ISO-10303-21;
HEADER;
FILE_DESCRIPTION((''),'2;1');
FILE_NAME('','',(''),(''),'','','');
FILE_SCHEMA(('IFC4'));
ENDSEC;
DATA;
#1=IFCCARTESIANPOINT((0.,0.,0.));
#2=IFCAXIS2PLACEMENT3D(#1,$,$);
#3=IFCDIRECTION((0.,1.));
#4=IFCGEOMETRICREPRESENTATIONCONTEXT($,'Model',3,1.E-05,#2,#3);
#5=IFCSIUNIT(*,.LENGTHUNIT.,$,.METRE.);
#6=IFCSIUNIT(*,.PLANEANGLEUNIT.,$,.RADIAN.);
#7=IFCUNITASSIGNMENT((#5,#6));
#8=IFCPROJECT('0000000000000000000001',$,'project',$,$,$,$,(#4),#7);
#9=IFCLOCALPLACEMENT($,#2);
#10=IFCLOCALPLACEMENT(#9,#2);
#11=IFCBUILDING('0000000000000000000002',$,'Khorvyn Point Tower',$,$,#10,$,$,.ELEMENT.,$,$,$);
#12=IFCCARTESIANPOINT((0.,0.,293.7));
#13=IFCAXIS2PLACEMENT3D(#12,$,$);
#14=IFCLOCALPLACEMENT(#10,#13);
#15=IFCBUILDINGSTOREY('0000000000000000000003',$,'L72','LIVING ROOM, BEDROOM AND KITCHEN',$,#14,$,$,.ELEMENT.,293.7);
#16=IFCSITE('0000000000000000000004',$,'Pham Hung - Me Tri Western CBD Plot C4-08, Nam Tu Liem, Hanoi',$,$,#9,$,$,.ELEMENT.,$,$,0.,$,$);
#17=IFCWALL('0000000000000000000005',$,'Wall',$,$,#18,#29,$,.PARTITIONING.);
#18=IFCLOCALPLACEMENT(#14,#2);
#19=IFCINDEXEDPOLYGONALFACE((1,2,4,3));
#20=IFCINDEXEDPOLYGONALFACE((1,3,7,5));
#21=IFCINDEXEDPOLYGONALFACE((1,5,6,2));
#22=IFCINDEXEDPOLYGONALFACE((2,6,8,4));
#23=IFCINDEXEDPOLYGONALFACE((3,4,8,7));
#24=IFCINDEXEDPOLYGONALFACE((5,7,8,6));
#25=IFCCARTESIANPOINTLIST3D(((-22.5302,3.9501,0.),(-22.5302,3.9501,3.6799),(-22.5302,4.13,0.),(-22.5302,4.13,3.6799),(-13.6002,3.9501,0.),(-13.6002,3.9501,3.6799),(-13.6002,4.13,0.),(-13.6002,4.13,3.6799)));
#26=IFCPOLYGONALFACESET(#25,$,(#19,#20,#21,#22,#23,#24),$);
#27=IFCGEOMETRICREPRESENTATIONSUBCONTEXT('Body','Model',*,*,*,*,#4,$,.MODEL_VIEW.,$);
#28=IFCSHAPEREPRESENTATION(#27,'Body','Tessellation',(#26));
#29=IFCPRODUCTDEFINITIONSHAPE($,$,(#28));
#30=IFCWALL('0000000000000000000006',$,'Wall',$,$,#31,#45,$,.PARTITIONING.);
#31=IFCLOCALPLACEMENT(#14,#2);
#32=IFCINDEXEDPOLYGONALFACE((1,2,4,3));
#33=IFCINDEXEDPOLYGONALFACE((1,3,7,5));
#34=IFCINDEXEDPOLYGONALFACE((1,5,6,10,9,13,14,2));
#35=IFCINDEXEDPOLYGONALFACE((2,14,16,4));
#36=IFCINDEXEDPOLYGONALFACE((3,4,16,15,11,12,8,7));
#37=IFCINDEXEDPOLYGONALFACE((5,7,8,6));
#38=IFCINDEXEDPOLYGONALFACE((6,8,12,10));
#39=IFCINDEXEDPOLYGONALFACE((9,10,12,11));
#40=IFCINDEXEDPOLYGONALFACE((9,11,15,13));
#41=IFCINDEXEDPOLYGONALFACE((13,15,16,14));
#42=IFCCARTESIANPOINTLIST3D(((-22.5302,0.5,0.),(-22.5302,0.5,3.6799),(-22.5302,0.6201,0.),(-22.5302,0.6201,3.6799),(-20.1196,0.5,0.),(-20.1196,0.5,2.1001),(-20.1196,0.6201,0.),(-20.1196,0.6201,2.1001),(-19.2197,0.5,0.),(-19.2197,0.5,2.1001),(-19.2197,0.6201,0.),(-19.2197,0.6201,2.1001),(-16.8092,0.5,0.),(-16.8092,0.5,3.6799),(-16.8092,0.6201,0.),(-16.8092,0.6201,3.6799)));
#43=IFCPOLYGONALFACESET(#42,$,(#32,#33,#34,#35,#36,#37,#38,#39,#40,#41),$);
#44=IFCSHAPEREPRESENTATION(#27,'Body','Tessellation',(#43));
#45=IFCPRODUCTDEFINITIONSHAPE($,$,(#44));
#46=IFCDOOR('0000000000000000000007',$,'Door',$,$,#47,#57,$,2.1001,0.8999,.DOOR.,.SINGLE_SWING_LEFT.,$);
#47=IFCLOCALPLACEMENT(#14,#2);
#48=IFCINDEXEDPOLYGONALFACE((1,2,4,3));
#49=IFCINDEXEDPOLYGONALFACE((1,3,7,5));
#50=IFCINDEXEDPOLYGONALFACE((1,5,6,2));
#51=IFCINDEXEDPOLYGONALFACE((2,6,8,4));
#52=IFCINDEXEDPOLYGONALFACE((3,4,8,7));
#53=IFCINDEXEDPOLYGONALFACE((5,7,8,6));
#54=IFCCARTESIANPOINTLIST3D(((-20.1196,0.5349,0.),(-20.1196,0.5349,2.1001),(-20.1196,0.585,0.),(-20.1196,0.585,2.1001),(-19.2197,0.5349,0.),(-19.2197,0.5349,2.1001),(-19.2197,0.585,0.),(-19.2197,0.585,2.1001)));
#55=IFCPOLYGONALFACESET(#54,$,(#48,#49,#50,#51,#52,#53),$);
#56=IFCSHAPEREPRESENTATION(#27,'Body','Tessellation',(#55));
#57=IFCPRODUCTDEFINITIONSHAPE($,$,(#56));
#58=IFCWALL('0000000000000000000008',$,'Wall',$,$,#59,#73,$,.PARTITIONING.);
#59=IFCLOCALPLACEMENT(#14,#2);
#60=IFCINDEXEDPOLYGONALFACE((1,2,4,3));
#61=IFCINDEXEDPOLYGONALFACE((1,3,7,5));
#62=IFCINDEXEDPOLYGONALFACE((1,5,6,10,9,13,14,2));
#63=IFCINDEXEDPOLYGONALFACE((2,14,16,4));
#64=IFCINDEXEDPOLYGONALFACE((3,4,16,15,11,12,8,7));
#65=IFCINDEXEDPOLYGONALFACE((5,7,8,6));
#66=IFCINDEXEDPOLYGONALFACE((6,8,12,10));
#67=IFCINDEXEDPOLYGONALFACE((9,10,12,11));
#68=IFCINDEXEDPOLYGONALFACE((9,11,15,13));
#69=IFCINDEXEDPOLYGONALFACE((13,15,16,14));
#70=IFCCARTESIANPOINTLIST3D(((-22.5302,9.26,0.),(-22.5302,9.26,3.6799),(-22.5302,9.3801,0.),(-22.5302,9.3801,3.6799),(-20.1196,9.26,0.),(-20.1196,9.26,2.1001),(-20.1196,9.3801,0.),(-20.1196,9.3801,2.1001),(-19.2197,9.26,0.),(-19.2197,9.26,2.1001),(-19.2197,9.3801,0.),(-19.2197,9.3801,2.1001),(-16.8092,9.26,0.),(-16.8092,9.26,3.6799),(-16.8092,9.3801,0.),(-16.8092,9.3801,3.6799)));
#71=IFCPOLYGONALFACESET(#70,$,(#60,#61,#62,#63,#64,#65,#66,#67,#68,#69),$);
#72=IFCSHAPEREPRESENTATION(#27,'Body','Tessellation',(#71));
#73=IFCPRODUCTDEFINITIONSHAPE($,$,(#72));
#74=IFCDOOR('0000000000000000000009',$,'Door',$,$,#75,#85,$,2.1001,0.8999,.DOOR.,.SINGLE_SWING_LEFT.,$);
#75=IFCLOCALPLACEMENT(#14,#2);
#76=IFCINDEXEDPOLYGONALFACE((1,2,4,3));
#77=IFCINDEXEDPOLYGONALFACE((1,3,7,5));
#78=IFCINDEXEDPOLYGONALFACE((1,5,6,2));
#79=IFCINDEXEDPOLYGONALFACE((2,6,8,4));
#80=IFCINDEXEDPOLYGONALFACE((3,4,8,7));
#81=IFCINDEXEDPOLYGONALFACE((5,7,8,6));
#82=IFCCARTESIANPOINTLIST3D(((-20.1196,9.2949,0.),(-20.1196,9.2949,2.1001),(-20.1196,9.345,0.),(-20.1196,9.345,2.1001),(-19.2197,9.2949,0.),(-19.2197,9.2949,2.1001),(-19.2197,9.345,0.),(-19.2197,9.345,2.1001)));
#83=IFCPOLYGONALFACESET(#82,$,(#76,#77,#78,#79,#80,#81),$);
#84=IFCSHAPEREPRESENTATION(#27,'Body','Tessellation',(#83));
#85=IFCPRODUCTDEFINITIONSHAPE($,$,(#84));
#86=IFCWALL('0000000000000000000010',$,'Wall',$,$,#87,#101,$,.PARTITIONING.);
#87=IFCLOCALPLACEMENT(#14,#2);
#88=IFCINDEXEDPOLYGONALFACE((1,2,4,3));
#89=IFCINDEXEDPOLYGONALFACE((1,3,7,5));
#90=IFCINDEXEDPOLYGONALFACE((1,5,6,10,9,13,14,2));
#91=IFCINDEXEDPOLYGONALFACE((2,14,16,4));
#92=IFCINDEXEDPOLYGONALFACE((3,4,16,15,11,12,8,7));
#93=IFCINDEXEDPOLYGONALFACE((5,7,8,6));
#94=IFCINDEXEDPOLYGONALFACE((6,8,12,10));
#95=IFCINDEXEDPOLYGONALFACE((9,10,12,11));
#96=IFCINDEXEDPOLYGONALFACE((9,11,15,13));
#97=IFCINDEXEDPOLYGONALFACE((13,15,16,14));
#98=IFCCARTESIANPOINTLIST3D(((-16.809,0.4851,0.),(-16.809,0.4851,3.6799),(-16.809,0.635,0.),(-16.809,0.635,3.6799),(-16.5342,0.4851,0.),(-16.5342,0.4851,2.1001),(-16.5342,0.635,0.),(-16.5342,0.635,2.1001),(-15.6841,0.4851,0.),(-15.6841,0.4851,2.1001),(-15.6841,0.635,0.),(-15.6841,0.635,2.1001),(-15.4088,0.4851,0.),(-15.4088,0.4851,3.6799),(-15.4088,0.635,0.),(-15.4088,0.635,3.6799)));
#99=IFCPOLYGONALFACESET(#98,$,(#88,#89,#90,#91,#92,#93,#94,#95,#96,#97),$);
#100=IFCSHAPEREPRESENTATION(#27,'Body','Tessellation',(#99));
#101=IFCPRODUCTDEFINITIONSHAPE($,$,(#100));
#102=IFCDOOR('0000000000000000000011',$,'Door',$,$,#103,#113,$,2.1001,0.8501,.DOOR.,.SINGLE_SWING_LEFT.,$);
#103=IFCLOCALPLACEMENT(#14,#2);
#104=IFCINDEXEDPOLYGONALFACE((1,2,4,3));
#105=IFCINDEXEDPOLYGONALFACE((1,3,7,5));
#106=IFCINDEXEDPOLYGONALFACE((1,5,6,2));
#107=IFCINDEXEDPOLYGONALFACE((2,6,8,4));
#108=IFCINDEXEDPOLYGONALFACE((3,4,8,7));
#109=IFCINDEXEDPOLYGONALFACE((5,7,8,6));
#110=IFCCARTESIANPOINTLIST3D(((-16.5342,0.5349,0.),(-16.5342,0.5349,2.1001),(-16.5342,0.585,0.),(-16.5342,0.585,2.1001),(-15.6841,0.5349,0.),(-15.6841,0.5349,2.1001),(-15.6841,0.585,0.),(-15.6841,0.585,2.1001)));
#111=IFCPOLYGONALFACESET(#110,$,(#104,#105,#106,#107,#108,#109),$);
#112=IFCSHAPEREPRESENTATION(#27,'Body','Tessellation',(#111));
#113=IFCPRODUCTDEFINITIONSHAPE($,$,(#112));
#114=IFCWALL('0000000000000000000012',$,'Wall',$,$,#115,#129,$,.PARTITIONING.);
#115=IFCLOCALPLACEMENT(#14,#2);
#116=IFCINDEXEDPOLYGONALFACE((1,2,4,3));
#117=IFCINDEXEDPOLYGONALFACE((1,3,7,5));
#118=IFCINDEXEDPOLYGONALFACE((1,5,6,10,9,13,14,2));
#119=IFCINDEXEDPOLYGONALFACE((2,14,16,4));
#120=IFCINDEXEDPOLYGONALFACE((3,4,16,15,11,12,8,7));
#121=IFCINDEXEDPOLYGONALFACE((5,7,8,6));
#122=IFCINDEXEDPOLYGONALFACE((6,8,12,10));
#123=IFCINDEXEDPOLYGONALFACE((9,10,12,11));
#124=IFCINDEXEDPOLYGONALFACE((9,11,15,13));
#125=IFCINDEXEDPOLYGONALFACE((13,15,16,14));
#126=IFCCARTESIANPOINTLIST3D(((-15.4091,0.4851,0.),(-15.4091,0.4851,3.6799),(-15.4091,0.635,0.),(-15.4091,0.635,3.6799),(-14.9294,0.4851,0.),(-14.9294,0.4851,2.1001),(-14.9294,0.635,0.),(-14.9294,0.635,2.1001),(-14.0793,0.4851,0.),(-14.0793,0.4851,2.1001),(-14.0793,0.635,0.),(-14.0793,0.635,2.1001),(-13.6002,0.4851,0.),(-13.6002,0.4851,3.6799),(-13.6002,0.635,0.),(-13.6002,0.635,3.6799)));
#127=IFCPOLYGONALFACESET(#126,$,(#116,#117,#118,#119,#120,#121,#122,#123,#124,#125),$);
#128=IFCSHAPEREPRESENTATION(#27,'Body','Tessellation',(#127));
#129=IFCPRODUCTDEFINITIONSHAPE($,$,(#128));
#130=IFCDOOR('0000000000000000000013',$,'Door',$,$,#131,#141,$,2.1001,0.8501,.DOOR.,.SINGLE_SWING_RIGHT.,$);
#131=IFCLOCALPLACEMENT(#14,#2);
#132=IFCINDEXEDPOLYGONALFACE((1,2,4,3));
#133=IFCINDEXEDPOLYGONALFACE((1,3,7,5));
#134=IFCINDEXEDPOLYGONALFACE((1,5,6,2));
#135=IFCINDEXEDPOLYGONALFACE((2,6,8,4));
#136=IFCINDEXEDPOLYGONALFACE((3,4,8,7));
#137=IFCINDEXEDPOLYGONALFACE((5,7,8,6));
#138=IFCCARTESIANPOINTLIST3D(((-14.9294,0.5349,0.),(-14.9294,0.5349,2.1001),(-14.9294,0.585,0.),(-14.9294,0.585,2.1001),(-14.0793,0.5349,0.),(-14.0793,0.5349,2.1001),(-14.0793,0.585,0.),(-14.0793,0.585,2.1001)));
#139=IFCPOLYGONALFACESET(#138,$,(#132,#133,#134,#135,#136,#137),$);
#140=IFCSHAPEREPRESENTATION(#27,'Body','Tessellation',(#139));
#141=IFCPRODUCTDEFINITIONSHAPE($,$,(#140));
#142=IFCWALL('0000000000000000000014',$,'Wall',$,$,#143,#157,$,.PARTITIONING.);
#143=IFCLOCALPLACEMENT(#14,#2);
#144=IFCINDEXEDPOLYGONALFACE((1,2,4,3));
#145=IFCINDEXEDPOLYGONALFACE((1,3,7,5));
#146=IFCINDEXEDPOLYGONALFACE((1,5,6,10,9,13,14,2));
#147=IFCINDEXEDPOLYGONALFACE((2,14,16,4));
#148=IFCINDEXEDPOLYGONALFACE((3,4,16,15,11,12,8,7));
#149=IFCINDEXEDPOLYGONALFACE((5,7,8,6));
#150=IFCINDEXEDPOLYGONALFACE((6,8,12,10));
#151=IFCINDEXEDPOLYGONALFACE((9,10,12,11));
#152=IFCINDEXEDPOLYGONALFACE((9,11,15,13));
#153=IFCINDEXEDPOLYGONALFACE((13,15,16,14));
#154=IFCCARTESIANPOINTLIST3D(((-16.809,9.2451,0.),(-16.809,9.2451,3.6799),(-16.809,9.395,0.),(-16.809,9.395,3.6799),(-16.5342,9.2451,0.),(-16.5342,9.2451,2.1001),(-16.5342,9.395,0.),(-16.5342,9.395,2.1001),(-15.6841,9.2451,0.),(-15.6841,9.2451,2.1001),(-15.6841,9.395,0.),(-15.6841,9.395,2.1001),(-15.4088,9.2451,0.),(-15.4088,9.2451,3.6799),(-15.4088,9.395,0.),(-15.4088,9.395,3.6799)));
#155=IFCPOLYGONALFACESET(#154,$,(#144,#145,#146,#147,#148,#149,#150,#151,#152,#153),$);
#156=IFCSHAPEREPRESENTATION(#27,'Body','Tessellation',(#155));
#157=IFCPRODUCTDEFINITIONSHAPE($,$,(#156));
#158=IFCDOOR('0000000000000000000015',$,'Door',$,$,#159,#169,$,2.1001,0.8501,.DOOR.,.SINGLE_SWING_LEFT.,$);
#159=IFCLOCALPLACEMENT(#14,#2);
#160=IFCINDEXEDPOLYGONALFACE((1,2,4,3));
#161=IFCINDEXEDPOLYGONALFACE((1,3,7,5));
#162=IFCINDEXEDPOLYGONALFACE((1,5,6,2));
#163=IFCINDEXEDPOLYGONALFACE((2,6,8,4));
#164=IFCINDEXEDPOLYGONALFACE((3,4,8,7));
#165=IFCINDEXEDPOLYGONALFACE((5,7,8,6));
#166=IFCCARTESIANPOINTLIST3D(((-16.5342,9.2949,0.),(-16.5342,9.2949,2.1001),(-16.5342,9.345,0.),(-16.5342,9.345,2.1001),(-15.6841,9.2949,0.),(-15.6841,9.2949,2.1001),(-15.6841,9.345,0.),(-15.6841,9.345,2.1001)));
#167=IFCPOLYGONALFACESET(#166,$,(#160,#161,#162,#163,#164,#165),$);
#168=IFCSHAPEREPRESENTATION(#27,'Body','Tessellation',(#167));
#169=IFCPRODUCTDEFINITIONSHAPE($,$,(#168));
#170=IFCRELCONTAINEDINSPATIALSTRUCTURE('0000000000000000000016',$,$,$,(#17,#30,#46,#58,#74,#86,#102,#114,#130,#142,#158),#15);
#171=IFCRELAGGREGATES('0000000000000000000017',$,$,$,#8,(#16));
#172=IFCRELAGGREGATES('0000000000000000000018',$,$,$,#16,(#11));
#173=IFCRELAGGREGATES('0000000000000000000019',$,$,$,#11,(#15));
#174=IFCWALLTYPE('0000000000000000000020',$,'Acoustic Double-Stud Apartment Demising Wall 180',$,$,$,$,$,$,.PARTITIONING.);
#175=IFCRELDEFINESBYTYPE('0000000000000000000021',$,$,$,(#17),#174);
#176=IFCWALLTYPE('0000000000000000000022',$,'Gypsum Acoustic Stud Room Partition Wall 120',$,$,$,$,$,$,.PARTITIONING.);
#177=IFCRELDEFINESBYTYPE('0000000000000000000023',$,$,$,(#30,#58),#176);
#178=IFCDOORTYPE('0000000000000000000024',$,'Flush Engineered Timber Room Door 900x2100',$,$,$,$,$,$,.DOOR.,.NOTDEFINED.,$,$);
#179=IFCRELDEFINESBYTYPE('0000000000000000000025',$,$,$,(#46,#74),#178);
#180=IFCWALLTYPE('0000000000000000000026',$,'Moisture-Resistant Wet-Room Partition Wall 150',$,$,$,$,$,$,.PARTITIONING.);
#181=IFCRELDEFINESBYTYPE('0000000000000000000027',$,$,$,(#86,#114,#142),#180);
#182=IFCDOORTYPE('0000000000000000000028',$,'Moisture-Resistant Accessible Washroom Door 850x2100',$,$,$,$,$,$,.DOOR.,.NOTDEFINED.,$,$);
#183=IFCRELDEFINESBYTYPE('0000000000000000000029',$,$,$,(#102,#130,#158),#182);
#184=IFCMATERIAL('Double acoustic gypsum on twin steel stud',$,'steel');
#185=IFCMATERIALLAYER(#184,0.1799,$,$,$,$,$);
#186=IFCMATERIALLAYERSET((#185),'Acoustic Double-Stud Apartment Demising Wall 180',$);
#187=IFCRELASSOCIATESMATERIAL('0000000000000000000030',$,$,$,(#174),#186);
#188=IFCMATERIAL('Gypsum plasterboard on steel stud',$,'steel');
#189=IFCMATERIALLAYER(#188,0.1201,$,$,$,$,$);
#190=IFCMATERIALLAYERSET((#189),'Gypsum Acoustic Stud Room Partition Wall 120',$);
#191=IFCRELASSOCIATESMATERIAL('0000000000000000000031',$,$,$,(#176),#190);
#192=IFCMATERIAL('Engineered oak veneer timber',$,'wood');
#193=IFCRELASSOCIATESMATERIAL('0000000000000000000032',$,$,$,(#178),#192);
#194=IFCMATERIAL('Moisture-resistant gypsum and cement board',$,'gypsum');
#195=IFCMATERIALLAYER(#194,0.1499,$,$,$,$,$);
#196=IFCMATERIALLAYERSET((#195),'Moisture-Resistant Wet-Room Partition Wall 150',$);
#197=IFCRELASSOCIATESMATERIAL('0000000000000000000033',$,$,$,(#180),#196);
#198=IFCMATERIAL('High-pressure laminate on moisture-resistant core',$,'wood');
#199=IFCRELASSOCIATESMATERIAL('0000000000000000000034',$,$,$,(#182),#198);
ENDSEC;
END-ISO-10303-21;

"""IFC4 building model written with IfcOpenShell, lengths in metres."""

from ifc_helpers import new_model, si_unit, direction, frame, frame_2d, origin, place, context, subcontext, project, spatial, rectangle, extrude, material, layer, layer_set, type_object, element, fill, save


model = new_model("IFC4")

# Units and contexts
model_context = context("Model", 3, precision=1e-05, world=origin(), true_north=direction((0.0, 1.0)))
body_context = subcontext(model_context, "Body", "Model", "MODEL_VIEW")
ifc_project = project(units=[si_unit("LENGTHUNIT", "METRE"), si_unit("PLANEANGLEUNIT", "RADIAN")], contexts=[model_context])

# Site, building, storey
site_placement = place(None, origin())
site = spatial("IfcSite", under=ifc_project, at=site_placement, Name="Pham Hung - Me Tri Western CBD Plot C4-08, Nam Tu Liem, Hanoi", CompositionType="ELEMENT", RefElevation=0.0)
building_placement = place(site_placement, origin())
building = spatial("IfcBuilding", under=site, at=building_placement, Name="Khorvyn Point Tower", CompositionType="ELEMENT")
storey_placement = place(building_placement, frame((0.0, 0.0, 293.7)))
storey = spatial("IfcBuildingStorey", under=building, at=storey_placement, Name="L72", Description="LIVING ROOM, BEDROOM AND KITCHEN", CompositionType="ELEMENT", Elevation=293.7)

# Wall
ifc_material_1 = material(Name="Double acoustic gypsum on twin steel stud", Category="steel")
ifc_layer_1 = layer(ifc_material_1, 0.1799)
ifc_layer_set_1 = layer_set([ifc_layer_1], Name="Acoustic Double-Stud Apartment Demising Wall 180")
wall_type_1 = type_object("IfcWallType", Name="Acoustic Double-Stud Apartment Demising Wall 180", PredefinedType="PARTITIONING", material=ifc_layer_set_1)
wall_1_placement = place(storey_placement, frame((-22.53, 4.04, 0.0), z_axis=(0.0, 0.0, 1.0), x_axis=(1.0, 0.0, 0.0)))
element("IfcWall", 1, at=wall_1_placement, inside=storey, type_object=wall_type_1, Name="Wall", PredefinedType="PARTITIONING", context=body_context, shape_type="SweptSolid", body=[
    extrude(rectangle(XDim=8.9299, YDim=0.1799, at=frame_2d((4.4648, 0.0))), origin(), (0.0, 0.0, 1.0), 3.6799),
])

# Walls, openings, doors
ifc_material_2 = material(Name="Gypsum plasterboard on steel stud", Category="steel")
ifc_layer_2 = layer(ifc_material_2, 0.1201)
ifc_layer_set_2 = layer_set([ifc_layer_2], Name="Gypsum Acoustic Stud Room Partition Wall 120")
wall_type_2 = type_object("IfcWallType", Name="Gypsum Acoustic Stud Room Partition Wall 120", PredefinedType="PARTITIONING", material=ifc_layer_set_2)
wall_2_placement = place(storey_placement, frame((-22.53, 0.5601, 0.0), z_axis=(0.0, 0.0, 1.0), x_axis=(1.0, 0.0, 0.0)))
wall_2 = element("IfcWall", 2, at=wall_2_placement, inside=storey, type_object=wall_type_2, Name="Wall", PredefinedType="PARTITIONING", context=body_context, shape_type="SweptSolid", body=[
    extrude(rectangle(XDim=5.7209, YDim=0.1201, at=frame_2d((2.8604, 0.0))), origin(), (0.0, 0.0, 1.0), 3.6799),
])
opening_1_placement = place(wall_2_placement, frame((2.4104, 0.0, 0.0)))
opening_1 = element("IfcOpeningElement", 3, at=opening_1_placement, cuts=wall_2, PredefinedType="OPENING", context=body_context, shape_type="SweptSolid", body=[
    extrude(rectangle(XDim=0.8999, YDim=2.1001, at=frame_2d((0.45, 1.05))), frame((0.0, 0.0701, 0.0), z_axis=(0.0, -1.0, 0.0), x_axis=(1.0, 0.0, 0.0)), (0.0, 0.0, 1.0), 0.1401),
])
ifc_material_3 = material(Name="Engineered oak veneer timber", Category="wood")
door_type_1 = type_object("IfcDoorType", Name="Flush Engineered Timber Room Door 900x2100", OperationType="NOTDEFINED", PredefinedType="DOOR", material=ifc_material_3)
door_1_placement = place(opening_1_placement, origin())
door_1 = element("IfcDoor", 4, at=door_1_placement, inside=storey, type_object=door_type_1, Name="Door", OperationType="SINGLE_SWING_LEFT", OverallHeight=2.1001, OverallWidth=0.8999, PredefinedType="DOOR", context=body_context, shape_type="SweptSolid", body=[
    extrude(rectangle(XDim=0.8999, YDim=2.1001, at=frame_2d((0.45, 1.05))), frame((0.0, 0.0249, 0.0), z_axis=(0.0, -1.0, 0.0), x_axis=(1.0, 0.0, 0.0)), (0.0, 0.0, 1.0), 0.05),
])
fill(opening_1, door_1)
wall_3_placement = place(storey_placement, frame((-22.53, 9.3201, 0.0), z_axis=(0.0, 0.0, 1.0), x_axis=(1.0, 0.0, 0.0)))
wall_3 = element("IfcWall", 5, at=wall_3_placement, inside=storey, type_object=wall_type_2, Name="Wall", PredefinedType="PARTITIONING", context=body_context, shape_type="SweptSolid", body=[
    extrude(rectangle(XDim=5.7209, YDim=0.1201, at=frame_2d((2.8604, 0.0))), origin(), (0.0, 0.0, 1.0), 3.6799),
])
opening_2_placement = place(wall_3_placement, frame((2.4104, 0.0, 0.0)))
opening_2 = element("IfcOpeningElement", 6, at=opening_2_placement, cuts=wall_3, PredefinedType="OPENING", context=body_context, shape_type="SweptSolid", body=[
    extrude(rectangle(XDim=0.8999, YDim=2.1001, at=frame_2d((0.45, 1.05))), frame((0.0, 0.0701, 0.0), z_axis=(0.0, -1.0, 0.0), x_axis=(1.0, 0.0, 0.0)), (0.0, 0.0, 1.0), 0.1401),
])
door_2_placement = place(opening_2_placement, origin())
door_2 = element("IfcDoor", 7, at=door_2_placement, inside=storey, type_object=door_type_1, Name="Door", OperationType="SINGLE_SWING_LEFT", OverallHeight=2.1001, OverallWidth=0.8999, PredefinedType="DOOR", context=body_context, shape_type="SweptSolid", body=[
    extrude(rectangle(XDim=0.8999, YDim=2.1001, at=frame_2d((0.45, 1.05))), frame((0.0, 0.0249, 0.0), z_axis=(0.0, -1.0, 0.0), x_axis=(1.0, 0.0, 0.0)), (0.0, 0.0, 1.0), 0.05),
])
fill(opening_2, door_2)
ifc_material_4 = material(Name="Moisture-resistant gypsum and cement board", Category="gypsum")
ifc_layer_3 = layer(ifc_material_4, 0.1499)
ifc_layer_set_3 = layer_set([ifc_layer_3], Name="Moisture-Resistant Wet-Room Partition Wall 150")
wall_type_3 = type_object("IfcWallType", Name="Moisture-Resistant Wet-Room Partition Wall 150", PredefinedType="PARTITIONING", material=ifc_layer_set_3)
wall_4_placement = place(storey_placement, frame((-16.8091, 0.5601, 0.0), z_axis=(0.0, 0.0, 1.0), x_axis=(1.0, 0.0, 0.0)))
wall_4 = element("IfcWall", 8, at=wall_4_placement, inside=storey, type_object=wall_type_3, Name="Wall", PredefinedType="PARTITIONING", context=body_context, shape_type="SweptSolid", body=[
    extrude(rectangle(XDim=1.4001, YDim=0.1499, at=frame_2d((0.7002, 0.0))), origin(), (0.0, 0.0, 1.0), 3.6799),
])
opening_3_placement = place(wall_4_placement, frame((0.2749, 0.0, 0.0)))
opening_3 = element("IfcOpeningElement", 9, at=opening_3_placement, cuts=wall_4, PredefinedType="OPENING", context=body_context, shape_type="SweptSolid", body=[
    extrude(rectangle(XDim=0.8501, YDim=2.1001, at=frame_2d((0.425, 1.05))), frame((0.0, 0.085, 0.0), z_axis=(0.0, -1.0, 0.0), x_axis=(1.0, 0.0, 0.0)), (0.0, 0.0, 1.0), 0.1699),
])
ifc_material_5 = material(Name="High-pressure laminate on moisture-resistant core", Category="wood")
door_type_2 = type_object("IfcDoorType", Name="Moisture-Resistant Accessible Washroom Door 850x2100", OperationType="NOTDEFINED", PredefinedType="DOOR", material=ifc_material_5)
door_3_placement = place(opening_3_placement, origin())
door_3 = element("IfcDoor", 10, at=door_3_placement, inside=storey, type_object=door_type_2, Name="Door", OperationType="SINGLE_SWING_LEFT", OverallHeight=2.1001, OverallWidth=0.8501, PredefinedType="DOOR", context=body_context, shape_type="SweptSolid", body=[
    extrude(rectangle(XDim=0.8501, YDim=2.1001, at=frame_2d((0.425, 1.05))), frame((0.0, 0.0249, 0.0), z_axis=(0.0, -1.0, 0.0), x_axis=(1.0, 0.0, 0.0)), (0.0, 0.0, 1.0), 0.05),
])
fill(opening_3, door_3)
wall_5_placement = place(storey_placement, frame((-15.4089, 0.5601, 0.0), z_axis=(0.0, 0.0, 1.0), x_axis=(1.0, 0.0, 0.0)))
wall_5 = element("IfcWall", 11, at=wall_5_placement, inside=storey, type_object=wall_type_3, Name="Wall", PredefinedType="PARTITIONING", context=body_context, shape_type="SweptSolid", body=[
    extrude(rectangle(XDim=1.8088, YDim=0.1499, at=frame_2d((0.9043, 0.0))), origin(), (0.0, 0.0, 1.0), 3.6799),
])
opening_4_placement = place(wall_5_placement, frame((0.4795, 0.0, 0.0)))
opening_4 = element("IfcOpeningElement", 12, at=opening_4_placement, cuts=wall_5, PredefinedType="OPENING", context=body_context, shape_type="SweptSolid", body=[
    extrude(rectangle(XDim=0.8501, YDim=2.1001, at=frame_2d((0.425, 1.05))), frame((0.0, 0.085, 0.0), z_axis=(0.0, -1.0, 0.0), x_axis=(1.0, 0.0, 0.0)), (0.0, 0.0, 1.0), 0.1699),
])
door_4_placement = place(opening_4_placement, origin())
door_4 = element("IfcDoor", 13, at=door_4_placement, inside=storey, type_object=door_type_2, Name="Door", OperationType="SINGLE_SWING_RIGHT", OverallHeight=2.1001, OverallWidth=0.8501, PredefinedType="DOOR", context=body_context, shape_type="SweptSolid", body=[
    extrude(rectangle(XDim=0.8501, YDim=2.1001, at=frame_2d((0.425, 1.05))), frame((0.0, 0.0249, 0.0), z_axis=(0.0, -1.0, 0.0), x_axis=(1.0, 0.0, 0.0)), (0.0, 0.0, 1.0), 0.05),
])
fill(opening_4, door_4)
wall_6_placement = place(storey_placement, frame((-16.8091, 9.3201, 0.0), z_axis=(0.0, 0.0, 1.0), x_axis=(1.0, 0.0, 0.0)))
wall_6 = element("IfcWall", 14, at=wall_6_placement, inside=storey, type_object=wall_type_3, Name="Wall", PredefinedType="PARTITIONING", context=body_context, shape_type="SweptSolid", body=[
    extrude(rectangle(XDim=1.4001, YDim=0.1499, at=frame_2d((0.7002, 0.0))), origin(), (0.0, 0.0, 1.0), 3.6799),
])
opening_5_placement = place(wall_6_placement, frame((0.2749, 0.0, 0.0)))
opening_5 = element("IfcOpeningElement", 15, at=opening_5_placement, cuts=wall_6, PredefinedType="OPENING", context=body_context, shape_type="SweptSolid", body=[
    extrude(rectangle(XDim=0.8501, YDim=2.1001, at=frame_2d((0.425, 1.05))), frame((0.0, 0.085, 0.0), z_axis=(0.0, -1.0, 0.0), x_axis=(1.0, 0.0, 0.0)), (0.0, 0.0, 1.0), 0.1699),
])
door_5_placement = place(opening_5_placement, origin())
door_5 = element("IfcDoor", 16, at=door_5_placement, inside=storey, type_object=door_type_2, Name="Door", OperationType="SINGLE_SWING_LEFT", OverallHeight=2.1001, OverallWidth=0.8501, PredefinedType="DOOR", context=body_context, shape_type="SweptSolid", body=[
    extrude(rectangle(XDim=0.8501, YDim=2.1001, at=frame_2d((0.425, 1.05))), frame((0.0, 0.0249, 0.0), z_axis=(0.0, -1.0, 0.0), x_axis=(1.0, 0.0, 0.0)), (0.0, 0.0, 1.0), 0.05),
])
fill(opening_5, door_5)

save(model, "model.ifc")
